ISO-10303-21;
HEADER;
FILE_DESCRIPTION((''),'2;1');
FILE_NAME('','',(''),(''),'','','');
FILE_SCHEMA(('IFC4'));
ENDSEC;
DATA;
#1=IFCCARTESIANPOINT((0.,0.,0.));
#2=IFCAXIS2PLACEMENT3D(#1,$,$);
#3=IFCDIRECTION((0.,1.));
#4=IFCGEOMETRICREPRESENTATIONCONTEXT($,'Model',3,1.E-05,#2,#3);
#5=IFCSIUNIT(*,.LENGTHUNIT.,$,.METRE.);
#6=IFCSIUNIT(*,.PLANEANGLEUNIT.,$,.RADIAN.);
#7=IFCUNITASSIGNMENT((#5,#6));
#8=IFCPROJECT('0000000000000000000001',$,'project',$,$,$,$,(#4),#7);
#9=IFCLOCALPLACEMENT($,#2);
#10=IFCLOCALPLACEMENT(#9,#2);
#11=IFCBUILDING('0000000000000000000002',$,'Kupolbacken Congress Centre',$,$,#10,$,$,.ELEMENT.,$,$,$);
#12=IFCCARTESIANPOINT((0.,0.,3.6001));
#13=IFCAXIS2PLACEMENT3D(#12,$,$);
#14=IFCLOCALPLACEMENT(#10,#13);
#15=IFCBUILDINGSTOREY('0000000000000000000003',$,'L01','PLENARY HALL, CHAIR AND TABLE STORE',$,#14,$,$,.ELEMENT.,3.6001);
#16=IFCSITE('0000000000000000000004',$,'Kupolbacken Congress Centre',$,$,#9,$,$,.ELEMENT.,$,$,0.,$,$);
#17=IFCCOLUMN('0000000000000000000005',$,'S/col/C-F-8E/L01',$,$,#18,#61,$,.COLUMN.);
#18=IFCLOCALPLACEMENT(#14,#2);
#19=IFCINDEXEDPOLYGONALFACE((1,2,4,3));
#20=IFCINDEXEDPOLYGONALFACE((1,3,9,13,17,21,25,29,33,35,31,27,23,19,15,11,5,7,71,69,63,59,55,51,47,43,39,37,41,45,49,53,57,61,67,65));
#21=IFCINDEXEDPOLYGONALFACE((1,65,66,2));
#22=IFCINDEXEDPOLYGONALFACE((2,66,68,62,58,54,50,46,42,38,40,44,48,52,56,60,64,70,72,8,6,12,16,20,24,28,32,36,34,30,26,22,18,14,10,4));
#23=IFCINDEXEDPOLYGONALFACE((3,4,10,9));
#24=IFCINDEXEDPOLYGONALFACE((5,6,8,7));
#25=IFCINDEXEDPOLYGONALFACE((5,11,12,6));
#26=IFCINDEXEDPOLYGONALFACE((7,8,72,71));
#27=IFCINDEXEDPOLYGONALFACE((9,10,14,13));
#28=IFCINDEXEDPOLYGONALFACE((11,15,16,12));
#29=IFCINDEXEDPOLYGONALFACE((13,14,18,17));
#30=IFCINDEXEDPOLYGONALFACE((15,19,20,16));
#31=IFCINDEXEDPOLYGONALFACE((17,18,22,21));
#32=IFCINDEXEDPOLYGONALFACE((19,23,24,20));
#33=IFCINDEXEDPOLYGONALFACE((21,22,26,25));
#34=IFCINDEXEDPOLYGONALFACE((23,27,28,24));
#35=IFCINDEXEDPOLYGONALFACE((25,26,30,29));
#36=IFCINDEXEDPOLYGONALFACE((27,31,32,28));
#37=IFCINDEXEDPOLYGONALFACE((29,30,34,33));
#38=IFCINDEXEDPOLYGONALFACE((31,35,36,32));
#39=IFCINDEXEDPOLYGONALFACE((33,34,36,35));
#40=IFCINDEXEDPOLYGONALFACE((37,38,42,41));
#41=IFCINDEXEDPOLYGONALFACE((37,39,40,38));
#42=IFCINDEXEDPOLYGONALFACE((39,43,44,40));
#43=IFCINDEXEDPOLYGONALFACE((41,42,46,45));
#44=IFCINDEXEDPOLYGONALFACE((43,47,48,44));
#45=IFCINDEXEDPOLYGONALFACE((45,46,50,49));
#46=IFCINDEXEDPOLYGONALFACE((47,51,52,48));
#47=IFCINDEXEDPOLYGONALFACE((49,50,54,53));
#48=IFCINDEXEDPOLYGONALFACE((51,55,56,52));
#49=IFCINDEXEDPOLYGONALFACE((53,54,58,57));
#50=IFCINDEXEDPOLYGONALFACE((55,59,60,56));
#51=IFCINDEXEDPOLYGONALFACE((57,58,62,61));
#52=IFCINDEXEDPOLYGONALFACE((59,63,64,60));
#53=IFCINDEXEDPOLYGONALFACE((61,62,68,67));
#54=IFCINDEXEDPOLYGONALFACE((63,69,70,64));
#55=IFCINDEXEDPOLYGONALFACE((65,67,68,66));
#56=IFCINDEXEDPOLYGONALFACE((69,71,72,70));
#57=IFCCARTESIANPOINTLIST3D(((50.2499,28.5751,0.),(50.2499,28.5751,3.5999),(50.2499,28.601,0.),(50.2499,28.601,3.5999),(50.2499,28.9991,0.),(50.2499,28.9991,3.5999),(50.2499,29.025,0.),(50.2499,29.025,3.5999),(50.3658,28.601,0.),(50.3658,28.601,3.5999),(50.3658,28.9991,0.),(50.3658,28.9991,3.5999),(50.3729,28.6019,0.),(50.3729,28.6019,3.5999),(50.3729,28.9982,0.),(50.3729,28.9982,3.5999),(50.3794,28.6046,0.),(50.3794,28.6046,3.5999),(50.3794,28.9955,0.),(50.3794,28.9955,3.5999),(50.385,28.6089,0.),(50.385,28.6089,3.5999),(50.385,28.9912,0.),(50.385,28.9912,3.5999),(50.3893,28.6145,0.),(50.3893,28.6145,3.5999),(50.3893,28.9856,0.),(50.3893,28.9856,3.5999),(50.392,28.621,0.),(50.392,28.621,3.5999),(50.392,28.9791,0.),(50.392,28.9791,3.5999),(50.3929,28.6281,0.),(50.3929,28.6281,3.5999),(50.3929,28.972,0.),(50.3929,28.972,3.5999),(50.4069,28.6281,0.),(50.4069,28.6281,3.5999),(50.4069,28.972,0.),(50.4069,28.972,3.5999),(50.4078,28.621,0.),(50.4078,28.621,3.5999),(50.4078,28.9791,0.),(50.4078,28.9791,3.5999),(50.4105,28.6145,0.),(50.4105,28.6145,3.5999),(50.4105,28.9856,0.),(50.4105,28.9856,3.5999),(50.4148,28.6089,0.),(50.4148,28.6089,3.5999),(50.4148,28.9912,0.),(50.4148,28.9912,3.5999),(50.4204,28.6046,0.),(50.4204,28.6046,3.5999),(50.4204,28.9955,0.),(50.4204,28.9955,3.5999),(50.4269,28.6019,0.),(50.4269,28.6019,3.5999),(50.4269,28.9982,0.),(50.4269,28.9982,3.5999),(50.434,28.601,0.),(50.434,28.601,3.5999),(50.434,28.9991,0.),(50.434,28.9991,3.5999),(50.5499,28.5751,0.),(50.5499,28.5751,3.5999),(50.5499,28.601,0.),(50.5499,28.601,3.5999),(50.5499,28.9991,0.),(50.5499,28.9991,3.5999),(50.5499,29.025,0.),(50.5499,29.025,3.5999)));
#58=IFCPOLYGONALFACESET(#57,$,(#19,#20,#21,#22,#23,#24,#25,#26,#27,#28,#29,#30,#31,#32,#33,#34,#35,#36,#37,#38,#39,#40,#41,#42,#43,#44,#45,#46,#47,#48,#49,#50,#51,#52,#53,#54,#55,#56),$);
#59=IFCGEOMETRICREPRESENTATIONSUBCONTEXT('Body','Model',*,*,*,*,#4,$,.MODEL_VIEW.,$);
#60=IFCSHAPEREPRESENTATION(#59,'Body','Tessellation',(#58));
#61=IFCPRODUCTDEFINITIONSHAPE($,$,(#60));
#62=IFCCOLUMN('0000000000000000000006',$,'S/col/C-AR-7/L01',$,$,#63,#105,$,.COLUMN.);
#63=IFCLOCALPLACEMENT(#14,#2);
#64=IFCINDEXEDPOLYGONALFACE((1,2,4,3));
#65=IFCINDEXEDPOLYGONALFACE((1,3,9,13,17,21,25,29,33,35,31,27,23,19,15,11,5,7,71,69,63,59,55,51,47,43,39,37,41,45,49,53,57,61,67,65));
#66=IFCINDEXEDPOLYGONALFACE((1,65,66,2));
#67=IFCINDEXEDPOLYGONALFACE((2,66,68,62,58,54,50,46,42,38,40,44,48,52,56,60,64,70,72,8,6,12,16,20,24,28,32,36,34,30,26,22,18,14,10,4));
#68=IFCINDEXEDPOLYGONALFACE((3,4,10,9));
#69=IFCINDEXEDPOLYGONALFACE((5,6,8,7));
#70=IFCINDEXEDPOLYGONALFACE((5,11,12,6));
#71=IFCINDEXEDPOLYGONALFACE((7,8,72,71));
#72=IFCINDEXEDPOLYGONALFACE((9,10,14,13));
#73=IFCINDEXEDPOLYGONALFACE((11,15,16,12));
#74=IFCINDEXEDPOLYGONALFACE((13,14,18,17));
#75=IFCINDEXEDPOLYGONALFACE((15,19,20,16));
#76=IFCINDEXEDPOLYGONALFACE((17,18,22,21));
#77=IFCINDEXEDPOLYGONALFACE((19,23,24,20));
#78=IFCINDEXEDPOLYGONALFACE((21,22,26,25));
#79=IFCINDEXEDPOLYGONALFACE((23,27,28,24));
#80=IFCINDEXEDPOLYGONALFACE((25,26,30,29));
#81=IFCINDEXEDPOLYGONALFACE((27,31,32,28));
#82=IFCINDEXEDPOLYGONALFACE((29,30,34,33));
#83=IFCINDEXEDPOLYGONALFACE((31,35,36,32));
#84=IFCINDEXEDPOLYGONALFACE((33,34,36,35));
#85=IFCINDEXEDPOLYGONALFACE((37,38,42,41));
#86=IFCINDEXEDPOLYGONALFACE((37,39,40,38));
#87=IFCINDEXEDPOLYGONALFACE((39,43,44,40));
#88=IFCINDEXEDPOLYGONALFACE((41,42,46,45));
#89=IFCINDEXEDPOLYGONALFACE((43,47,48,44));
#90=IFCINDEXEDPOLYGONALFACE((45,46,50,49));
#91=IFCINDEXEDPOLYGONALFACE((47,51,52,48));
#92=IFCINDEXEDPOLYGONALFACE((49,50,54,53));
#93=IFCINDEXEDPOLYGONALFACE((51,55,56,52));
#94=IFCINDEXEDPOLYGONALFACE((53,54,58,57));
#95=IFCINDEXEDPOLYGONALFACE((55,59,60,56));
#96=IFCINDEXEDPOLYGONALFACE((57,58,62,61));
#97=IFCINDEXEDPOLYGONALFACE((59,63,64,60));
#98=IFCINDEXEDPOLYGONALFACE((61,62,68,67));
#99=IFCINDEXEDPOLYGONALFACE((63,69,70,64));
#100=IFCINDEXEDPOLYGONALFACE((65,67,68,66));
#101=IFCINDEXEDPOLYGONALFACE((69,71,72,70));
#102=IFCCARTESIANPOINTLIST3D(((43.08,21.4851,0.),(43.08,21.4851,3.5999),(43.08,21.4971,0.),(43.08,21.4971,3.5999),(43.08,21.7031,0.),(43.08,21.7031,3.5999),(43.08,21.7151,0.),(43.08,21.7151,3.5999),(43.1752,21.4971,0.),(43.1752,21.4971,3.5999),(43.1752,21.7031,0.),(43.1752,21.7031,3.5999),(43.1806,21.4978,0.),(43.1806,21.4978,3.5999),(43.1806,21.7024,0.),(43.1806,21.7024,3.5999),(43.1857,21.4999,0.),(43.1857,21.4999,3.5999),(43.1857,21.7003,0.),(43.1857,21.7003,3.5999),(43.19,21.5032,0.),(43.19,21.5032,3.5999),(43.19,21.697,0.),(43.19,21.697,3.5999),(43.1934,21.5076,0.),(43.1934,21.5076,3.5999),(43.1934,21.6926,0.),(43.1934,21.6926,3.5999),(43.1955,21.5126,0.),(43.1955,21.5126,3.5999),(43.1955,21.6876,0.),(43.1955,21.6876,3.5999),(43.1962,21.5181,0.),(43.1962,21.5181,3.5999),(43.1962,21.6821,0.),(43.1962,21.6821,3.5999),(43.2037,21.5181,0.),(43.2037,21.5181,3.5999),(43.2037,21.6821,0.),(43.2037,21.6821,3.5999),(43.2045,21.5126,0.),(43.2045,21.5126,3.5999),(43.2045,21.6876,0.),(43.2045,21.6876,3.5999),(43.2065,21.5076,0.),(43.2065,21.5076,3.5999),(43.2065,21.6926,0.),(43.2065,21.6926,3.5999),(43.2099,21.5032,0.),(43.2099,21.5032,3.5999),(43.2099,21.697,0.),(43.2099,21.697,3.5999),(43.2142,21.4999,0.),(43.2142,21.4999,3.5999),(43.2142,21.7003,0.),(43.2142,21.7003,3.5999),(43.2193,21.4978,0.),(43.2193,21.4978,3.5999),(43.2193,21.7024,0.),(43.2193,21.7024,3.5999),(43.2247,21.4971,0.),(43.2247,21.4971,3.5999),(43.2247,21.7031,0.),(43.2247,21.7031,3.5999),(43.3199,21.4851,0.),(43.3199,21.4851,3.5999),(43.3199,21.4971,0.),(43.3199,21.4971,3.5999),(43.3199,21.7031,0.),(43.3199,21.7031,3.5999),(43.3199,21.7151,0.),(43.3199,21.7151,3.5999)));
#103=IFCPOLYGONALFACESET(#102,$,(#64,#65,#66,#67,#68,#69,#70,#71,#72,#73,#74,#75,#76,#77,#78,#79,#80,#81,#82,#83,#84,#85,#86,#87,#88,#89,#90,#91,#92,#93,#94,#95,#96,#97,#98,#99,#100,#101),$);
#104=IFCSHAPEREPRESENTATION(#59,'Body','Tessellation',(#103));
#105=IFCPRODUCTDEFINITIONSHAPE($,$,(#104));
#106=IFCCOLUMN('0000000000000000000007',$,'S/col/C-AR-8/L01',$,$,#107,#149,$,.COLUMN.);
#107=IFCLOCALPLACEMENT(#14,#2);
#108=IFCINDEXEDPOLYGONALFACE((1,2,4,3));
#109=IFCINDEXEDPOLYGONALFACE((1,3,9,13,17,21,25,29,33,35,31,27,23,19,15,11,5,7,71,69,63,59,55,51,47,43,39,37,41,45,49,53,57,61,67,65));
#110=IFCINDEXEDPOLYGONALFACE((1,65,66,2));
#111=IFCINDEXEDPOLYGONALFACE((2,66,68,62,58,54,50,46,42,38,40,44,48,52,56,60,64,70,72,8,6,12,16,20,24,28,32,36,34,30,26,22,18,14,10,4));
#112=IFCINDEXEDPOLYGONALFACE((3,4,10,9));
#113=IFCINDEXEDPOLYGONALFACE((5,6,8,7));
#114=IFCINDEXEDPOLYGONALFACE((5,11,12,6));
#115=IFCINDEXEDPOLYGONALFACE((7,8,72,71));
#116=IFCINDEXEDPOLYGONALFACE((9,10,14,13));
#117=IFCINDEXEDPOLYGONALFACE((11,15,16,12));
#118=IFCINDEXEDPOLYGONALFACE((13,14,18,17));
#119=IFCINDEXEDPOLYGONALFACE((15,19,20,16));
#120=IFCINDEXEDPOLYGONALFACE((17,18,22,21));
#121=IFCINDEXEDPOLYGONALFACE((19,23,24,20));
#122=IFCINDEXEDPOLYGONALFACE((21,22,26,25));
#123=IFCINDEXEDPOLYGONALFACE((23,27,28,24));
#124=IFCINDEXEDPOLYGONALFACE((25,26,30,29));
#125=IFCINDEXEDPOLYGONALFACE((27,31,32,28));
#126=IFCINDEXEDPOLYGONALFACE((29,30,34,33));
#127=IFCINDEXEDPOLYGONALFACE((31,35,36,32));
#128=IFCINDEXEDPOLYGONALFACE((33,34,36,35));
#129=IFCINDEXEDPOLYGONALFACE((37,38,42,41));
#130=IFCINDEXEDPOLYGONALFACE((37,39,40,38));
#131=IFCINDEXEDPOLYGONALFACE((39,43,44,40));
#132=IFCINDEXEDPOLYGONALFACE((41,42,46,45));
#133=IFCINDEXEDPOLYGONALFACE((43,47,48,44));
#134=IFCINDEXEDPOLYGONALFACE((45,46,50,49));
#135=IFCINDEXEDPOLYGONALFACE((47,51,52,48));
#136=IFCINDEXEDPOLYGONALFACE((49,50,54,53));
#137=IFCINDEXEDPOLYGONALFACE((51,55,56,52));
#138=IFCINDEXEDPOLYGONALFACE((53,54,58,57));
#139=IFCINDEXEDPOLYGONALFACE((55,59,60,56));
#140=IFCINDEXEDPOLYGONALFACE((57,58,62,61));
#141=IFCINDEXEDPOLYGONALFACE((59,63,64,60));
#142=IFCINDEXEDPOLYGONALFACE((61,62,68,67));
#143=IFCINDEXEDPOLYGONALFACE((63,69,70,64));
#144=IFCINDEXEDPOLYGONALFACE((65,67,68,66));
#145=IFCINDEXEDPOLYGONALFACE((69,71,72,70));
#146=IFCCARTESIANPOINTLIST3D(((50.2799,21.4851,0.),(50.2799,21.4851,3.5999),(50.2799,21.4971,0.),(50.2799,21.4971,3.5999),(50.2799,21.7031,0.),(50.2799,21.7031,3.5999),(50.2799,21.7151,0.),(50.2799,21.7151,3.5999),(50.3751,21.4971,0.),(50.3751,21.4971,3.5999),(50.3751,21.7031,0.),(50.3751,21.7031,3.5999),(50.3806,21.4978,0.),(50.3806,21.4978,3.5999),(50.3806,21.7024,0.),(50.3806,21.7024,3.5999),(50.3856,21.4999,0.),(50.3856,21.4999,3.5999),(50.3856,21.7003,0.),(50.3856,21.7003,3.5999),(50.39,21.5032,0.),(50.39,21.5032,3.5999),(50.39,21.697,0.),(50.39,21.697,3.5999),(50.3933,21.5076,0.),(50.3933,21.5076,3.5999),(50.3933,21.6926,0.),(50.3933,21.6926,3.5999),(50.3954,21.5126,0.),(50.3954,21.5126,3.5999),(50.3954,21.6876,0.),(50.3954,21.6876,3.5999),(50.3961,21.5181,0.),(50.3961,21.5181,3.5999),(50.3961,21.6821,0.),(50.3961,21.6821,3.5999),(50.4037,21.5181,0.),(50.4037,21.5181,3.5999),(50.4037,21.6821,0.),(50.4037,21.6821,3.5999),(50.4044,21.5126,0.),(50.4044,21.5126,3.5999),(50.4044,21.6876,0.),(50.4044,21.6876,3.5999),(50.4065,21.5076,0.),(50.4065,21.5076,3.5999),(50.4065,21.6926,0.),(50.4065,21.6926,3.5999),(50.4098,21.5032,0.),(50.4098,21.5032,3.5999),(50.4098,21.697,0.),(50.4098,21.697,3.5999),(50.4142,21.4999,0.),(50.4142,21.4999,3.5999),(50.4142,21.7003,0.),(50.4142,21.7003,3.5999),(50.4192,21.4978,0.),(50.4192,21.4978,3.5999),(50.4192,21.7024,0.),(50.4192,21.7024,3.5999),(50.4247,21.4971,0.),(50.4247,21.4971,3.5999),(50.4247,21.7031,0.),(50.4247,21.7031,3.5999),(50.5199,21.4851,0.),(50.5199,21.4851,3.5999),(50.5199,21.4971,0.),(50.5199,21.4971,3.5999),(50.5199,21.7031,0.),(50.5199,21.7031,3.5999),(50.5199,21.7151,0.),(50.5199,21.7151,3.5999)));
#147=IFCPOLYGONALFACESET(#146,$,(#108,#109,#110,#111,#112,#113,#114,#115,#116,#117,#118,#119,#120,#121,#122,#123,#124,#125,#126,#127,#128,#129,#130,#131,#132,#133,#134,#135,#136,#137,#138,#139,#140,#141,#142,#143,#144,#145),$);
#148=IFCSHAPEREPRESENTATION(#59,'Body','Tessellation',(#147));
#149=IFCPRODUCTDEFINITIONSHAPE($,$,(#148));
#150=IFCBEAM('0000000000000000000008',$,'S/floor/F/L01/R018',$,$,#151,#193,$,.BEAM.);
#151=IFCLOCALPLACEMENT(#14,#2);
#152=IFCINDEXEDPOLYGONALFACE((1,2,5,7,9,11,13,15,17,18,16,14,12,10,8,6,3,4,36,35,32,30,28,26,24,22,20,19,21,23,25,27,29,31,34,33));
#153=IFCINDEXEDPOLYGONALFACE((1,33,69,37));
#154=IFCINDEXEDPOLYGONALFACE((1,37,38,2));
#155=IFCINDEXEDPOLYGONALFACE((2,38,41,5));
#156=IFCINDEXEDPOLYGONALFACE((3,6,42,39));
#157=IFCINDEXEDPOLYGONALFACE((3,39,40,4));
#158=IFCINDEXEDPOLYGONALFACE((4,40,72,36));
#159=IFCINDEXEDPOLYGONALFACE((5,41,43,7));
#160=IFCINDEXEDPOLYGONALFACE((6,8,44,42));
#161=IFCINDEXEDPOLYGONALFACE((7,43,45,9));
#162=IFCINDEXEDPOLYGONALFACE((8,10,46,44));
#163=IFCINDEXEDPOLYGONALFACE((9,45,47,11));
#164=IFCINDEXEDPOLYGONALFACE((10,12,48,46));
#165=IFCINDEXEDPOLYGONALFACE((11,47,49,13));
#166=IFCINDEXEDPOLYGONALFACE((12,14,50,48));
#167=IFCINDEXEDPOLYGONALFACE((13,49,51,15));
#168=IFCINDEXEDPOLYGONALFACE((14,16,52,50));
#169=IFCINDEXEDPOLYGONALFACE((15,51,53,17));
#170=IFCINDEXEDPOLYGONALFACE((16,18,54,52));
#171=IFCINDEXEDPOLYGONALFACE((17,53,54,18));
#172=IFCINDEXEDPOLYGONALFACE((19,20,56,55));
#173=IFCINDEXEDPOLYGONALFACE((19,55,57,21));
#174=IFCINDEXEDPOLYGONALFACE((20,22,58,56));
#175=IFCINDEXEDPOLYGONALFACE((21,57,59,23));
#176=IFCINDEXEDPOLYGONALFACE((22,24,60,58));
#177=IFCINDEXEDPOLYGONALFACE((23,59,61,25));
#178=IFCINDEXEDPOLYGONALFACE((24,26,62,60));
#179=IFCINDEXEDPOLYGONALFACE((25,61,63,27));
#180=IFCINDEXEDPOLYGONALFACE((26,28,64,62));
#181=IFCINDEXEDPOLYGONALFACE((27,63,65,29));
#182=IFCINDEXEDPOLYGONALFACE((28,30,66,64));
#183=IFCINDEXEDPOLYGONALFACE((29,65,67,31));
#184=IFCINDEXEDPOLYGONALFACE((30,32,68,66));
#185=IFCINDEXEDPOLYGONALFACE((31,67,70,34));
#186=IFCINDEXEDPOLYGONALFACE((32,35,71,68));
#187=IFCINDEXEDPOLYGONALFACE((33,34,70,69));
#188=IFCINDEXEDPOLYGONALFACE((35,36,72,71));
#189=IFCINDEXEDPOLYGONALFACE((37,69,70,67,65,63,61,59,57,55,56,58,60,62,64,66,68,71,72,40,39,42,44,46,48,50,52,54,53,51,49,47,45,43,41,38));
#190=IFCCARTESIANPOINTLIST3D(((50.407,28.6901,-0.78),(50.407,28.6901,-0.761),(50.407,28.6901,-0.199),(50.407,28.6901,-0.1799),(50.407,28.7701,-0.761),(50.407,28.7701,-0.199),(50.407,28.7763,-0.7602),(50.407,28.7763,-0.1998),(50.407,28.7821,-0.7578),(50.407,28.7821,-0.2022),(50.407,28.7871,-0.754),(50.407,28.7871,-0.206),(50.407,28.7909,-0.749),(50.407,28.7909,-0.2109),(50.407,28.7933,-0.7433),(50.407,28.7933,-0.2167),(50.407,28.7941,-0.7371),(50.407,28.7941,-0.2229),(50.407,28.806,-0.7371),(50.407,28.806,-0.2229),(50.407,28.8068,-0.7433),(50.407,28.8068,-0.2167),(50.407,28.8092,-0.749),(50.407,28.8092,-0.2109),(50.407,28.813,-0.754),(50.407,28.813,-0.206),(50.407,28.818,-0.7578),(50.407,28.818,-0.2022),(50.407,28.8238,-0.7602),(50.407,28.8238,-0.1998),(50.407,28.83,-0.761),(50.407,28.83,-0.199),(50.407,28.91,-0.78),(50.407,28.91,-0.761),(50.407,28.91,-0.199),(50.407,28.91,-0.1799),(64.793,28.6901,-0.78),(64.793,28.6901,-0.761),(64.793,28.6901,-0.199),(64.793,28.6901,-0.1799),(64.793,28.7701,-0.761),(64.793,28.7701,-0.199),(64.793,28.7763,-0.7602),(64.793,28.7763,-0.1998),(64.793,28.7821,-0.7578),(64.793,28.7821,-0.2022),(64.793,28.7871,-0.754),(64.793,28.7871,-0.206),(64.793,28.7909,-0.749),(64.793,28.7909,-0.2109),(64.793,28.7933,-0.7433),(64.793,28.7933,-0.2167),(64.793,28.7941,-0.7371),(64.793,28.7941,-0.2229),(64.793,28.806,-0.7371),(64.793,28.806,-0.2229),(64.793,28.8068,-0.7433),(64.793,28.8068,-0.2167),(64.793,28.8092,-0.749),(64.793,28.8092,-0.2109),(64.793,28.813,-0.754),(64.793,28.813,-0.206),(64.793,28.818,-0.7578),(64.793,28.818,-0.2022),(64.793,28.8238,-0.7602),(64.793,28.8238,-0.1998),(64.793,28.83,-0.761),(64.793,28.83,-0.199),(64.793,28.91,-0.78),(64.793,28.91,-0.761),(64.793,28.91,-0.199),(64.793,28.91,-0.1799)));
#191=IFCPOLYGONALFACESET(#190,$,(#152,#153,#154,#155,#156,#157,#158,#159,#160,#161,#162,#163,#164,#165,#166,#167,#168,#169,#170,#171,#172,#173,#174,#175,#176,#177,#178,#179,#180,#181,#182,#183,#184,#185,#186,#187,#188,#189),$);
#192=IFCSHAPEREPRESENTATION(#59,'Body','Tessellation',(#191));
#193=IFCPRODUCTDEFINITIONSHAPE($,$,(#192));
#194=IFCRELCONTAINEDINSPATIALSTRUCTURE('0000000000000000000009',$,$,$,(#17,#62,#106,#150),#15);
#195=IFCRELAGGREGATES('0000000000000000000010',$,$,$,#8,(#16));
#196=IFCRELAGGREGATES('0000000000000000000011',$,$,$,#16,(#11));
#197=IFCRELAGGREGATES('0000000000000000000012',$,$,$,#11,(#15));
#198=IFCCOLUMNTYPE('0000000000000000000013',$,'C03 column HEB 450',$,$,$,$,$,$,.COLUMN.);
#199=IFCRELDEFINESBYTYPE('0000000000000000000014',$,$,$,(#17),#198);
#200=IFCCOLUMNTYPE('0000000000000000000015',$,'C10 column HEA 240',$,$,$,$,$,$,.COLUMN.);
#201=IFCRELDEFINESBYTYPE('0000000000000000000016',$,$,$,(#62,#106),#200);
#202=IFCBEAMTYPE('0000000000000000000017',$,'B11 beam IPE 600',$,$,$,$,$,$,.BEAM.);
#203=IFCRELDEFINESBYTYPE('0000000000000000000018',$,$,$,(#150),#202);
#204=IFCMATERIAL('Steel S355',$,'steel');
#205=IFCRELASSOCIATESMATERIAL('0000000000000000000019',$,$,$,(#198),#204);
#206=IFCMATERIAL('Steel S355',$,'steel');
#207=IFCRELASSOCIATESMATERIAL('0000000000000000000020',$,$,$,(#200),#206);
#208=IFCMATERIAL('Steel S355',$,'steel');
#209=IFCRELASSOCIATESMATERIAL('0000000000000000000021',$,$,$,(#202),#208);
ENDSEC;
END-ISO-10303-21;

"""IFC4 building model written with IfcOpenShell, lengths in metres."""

from ifc_helpers import new_model, si_unit, direction, frame, origin, origin_2d, place, context, subcontext, project, spatial, i_section, extrude, material, material_profile, profile_set, type_object, element, save


model = new_model("IFC4")

# Units and contexts
model_context = context("Model", 3, precision=1e-05, world=origin(), true_north=direction((0.0, 1.0)))
body_context = subcontext(model_context, "Body", "Model", "MODEL_VIEW")
ifc_project = project(units=[si_unit("LENGTHUNIT", "METRE"), si_unit("PLANEANGLEUNIT", "RADIAN")], contexts=[model_context])

# Site, building, storey
site_placement = place(None, origin())
site = spatial("IfcSite", under=ifc_project, at=site_placement, Name="Kupolbacken Congress Centre", CompositionType="ELEMENT", RefElevation=0.0)
building_placement = place(site_placement, origin())
building = spatial("IfcBuilding", under=site, at=building_placement, Name="Kupolbacken Congress Centre", CompositionType="ELEMENT")
storey_placement = place(building_placement, frame((0.0, 0.0, 3.6001)))
storey = spatial("IfcBuildingStorey", under=building, at=storey_placement, Name="L01", Description="PLENARY HALL, CHAIR AND TABLE STORE", CompositionType="ELEMENT", Elevation=3.6001)

# Columns
ifc_material_1 = material(Name="Steel S355", Category="steel")
ifc_material_profile_1 = material_profile(ifc_material_1, i_section(OverallWidth=0.3, OverallDepth=0.45, WebThickness=0.0139, FlangeThickness=0.0259, FilletRadius=0.0271, at=origin_2d()), Name="HEB 450")
ifc_profile_set_1 = profile_set([ifc_material_profile_1], Name="Steel S355")
column_type_1 = type_object("IfcColumnType", Name="C03 column HEB 450", PredefinedType="COLUMN", material=ifc_profile_set_1)
column_placement = place(storey_placement, frame((50.3999, 28.8, 0.0), z_axis=(0.0, 0.0, 1.0), x_axis=(1.0, 0.0, 0.0)))
element("IfcColumn", 1, at=column_placement, inside=storey, type_object=column_type_1, Name="S/col/C-F-8E/L01", PredefinedType="COLUMN", context=body_context, shape_type="SweptSolid", body=[
    extrude(i_section(OverallWidth=0.3, OverallDepth=0.45, WebThickness=0.0139, FlangeThickness=0.0259, FilletRadius=0.0271, at=origin_2d()), origin(), (0.0, 0.0, 1.0), 3.5999),
])
ifc_material_2 = material(Name="Steel S355", Category="steel")
ifc_material_profile_2 = material_profile(ifc_material_2, i_section(OverallWidth=0.24, OverallDepth=0.23, WebThickness=0.0076, FlangeThickness=0.012, FilletRadius=0.021, at=origin_2d()), Name="HEA 240")
ifc_profile_set_2 = profile_set([ifc_material_profile_2], Name="Steel S355")
column_type_2 = type_object("IfcColumnType", Name="C10 column HEA 240", PredefinedType="COLUMN", material=ifc_profile_set_2)
for number, where, z_axis, x_axis, name in (
    (2, (43.2, 21.6001, 0.0), (0.0, 0.0, 1.0), (1.0, 0.0, 0.0), "S/col/C-AR-7/L01"),
    (3, (50.3999, 21.6001, 0.0), (0.0, 0.0, 1.0), (1.0, 0.0, 0.0), "S/col/C-AR-8/L01"),
):
    element("IfcColumn", number, at=place(storey_placement, frame(where, z_axis=z_axis, x_axis=x_axis)), inside=storey, type_object=column_type_2, Name=name, PredefinedType="COLUMN", context=body_context, shape_type="SweptSolid", body=[
        extrude(i_section(OverallWidth=0.24, OverallDepth=0.23, WebThickness=0.0076, FlangeThickness=0.012, FilletRadius=0.021, at=origin_2d()), origin(), (0.0, 0.0, 1.0), 3.5999),
    ])

# Beam
ifc_material_3 = material(Name="Steel S355", Category="steel")
ifc_material_profile_3 = material_profile(ifc_material_3, i_section(OverallWidth=0.22, OverallDepth=0.6001, WebThickness=0.012, FlangeThickness=0.019, FilletRadius=0.0239, at=origin_2d()), Name="IPE 600")
ifc_profile_set_3 = profile_set([ifc_material_profile_3], Name="Steel S355")
beam_type = type_object("IfcBeamType", Name="B11 beam IPE 600", PredefinedType="BEAM", material=ifc_profile_set_3)
beam_placement = place(storey_placement, frame((50.407, 28.8, -0.48), z_axis=(1.0, 0.0, 0.0), x_axis=(0.0, 1.0, 0.0)))
element("IfcBeam", 4, at=beam_placement, inside=storey, type_object=beam_type, Name="S/floor/F/L01/R018", PredefinedType="BEAM", context=body_context, shape_type="SweptSolid", body=[
    extrude(i_section(OverallWidth=0.22, OverallDepth=0.6001, WebThickness=0.012, FlangeThickness=0.019, FilletRadius=0.0239, at=origin_2d()), origin(), (0.0, 0.0, 1.0), 14.386),
])

save(model, "model.ifc")
